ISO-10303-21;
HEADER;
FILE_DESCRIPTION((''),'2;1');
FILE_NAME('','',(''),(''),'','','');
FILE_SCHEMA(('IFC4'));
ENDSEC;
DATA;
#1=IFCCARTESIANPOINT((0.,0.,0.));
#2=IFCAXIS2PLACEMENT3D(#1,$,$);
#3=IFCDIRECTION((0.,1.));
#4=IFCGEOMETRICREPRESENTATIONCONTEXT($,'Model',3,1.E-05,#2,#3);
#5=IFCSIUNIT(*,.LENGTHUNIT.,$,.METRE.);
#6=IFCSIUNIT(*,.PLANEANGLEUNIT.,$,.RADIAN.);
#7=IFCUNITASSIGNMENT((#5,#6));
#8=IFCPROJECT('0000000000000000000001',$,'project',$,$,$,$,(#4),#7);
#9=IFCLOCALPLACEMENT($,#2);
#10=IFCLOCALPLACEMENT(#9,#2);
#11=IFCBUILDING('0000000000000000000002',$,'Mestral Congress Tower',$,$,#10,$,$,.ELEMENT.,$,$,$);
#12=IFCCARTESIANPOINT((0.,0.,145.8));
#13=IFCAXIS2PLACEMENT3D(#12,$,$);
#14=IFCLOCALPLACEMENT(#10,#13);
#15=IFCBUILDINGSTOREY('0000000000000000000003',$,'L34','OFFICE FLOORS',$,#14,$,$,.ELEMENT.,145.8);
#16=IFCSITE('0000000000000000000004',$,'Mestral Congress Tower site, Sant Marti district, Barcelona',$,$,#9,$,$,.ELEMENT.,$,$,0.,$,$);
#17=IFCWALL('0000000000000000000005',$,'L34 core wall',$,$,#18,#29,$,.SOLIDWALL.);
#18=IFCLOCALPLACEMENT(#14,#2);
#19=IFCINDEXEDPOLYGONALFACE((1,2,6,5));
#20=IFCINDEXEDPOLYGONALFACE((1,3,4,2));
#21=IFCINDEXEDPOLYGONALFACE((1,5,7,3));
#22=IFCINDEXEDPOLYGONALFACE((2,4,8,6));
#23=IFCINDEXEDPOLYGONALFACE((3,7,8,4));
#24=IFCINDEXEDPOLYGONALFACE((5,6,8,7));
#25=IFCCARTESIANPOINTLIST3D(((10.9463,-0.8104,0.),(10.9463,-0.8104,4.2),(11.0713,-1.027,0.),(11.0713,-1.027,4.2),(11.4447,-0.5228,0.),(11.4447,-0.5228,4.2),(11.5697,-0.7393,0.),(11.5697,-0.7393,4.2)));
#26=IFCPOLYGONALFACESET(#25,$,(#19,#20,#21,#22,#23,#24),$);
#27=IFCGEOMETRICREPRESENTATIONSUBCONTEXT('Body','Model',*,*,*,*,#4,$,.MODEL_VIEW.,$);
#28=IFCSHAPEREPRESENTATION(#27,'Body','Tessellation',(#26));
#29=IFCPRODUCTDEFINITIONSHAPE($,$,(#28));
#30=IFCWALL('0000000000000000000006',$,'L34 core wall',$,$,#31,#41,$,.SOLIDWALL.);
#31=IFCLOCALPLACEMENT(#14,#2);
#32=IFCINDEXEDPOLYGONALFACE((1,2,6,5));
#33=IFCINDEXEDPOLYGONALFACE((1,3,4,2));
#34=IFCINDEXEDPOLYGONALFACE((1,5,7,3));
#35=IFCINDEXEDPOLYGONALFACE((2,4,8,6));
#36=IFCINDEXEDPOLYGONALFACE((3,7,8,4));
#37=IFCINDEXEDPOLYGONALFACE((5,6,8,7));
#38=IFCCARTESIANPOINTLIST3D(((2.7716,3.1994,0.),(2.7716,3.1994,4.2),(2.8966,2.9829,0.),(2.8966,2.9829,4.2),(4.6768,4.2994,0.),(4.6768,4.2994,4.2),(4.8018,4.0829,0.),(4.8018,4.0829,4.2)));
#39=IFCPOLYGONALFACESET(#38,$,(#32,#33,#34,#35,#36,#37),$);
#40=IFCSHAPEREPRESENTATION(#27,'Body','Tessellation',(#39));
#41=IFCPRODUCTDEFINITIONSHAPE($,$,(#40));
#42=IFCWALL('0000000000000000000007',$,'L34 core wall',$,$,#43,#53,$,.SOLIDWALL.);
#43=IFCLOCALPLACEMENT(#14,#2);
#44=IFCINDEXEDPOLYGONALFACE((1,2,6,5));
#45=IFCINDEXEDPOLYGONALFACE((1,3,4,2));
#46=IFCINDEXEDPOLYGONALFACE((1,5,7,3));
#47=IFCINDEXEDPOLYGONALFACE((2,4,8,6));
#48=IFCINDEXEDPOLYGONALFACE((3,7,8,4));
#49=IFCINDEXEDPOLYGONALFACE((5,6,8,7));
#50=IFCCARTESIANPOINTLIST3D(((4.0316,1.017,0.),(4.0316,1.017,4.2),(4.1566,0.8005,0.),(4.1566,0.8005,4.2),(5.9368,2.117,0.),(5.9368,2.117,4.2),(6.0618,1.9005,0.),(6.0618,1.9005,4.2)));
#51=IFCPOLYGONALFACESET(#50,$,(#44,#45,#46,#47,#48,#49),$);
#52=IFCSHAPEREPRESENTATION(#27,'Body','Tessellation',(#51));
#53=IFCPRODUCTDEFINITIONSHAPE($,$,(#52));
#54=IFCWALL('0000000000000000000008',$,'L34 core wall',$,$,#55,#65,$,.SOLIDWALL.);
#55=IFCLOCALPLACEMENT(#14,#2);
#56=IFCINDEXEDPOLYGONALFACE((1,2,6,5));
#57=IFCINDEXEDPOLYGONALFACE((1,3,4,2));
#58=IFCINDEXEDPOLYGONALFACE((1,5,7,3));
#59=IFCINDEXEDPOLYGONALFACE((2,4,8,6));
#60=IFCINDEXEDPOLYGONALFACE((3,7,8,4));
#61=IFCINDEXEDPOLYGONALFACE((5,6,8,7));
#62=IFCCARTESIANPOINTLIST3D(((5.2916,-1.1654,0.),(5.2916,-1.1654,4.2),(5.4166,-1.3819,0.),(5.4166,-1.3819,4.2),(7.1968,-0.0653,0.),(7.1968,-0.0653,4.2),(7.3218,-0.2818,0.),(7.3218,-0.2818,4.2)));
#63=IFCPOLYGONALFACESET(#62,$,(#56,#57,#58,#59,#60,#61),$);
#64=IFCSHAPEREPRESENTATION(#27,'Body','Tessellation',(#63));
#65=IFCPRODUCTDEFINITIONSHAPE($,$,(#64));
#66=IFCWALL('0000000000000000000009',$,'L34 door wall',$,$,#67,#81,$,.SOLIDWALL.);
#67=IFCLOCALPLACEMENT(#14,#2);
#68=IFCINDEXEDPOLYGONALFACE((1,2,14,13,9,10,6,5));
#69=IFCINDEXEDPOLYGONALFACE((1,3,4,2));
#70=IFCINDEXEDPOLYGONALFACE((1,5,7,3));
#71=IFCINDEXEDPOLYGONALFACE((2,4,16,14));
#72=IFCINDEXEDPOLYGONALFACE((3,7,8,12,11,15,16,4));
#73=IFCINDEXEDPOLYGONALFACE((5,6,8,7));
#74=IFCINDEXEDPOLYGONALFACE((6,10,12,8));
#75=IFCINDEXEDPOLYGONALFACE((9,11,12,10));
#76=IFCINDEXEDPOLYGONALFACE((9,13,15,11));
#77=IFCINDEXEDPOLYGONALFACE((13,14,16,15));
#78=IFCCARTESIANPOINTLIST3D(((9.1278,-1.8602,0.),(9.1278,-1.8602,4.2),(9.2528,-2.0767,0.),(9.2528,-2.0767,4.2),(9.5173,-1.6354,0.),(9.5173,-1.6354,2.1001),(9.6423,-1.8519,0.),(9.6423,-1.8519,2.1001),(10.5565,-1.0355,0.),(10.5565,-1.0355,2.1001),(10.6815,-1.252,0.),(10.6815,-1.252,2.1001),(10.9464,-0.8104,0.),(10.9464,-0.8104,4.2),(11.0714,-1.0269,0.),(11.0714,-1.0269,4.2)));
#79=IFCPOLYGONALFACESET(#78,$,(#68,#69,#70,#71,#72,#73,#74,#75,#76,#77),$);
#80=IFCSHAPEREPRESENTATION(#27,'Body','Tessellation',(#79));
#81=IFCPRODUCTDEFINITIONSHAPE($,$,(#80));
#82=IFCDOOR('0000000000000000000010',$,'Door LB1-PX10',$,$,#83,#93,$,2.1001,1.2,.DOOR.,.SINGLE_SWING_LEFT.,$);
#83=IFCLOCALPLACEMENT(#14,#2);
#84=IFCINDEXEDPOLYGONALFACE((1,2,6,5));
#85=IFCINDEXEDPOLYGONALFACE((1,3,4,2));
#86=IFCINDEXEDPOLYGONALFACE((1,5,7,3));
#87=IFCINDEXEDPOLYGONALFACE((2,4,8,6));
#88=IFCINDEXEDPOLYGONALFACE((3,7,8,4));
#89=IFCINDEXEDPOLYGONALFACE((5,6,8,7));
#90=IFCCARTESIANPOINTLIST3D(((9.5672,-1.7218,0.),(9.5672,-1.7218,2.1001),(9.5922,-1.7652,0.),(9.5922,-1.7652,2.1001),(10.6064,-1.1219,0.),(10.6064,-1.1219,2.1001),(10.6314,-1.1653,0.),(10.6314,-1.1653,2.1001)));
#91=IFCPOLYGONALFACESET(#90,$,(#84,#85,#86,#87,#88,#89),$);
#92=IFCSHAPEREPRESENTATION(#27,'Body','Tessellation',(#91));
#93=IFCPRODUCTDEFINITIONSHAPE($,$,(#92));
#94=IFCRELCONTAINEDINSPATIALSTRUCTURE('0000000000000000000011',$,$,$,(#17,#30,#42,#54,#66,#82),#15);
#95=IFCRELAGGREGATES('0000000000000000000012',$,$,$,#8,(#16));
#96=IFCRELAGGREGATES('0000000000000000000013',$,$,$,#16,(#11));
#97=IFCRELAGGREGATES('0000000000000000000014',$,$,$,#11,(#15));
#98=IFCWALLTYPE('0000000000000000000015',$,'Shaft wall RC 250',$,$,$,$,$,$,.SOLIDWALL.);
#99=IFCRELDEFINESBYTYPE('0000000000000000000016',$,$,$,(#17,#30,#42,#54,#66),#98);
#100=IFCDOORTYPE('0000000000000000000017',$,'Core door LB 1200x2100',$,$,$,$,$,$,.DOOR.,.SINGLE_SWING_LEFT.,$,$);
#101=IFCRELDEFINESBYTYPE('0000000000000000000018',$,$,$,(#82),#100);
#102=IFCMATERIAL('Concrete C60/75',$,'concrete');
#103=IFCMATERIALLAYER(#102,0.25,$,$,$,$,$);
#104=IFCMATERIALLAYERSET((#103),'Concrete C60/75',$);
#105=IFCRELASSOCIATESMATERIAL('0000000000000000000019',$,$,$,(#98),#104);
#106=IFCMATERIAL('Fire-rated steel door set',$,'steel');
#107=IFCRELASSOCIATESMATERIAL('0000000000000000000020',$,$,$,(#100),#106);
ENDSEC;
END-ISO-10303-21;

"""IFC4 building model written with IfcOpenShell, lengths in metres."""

from ifc_helpers import new_model, si_unit, direction, frame, frame_2d, origin, place, context, subcontext, project, spatial, rectangle, extrude, material, layer, layer_set, type_object, element, fill, save


model = new_model("IFC4")

# Units and contexts
model_context = context("Model", 3, precision=1e-05, world=origin(), true_north=direction((0.0, 1.0)))
body_context = subcontext(model_context, "Body", "Model", "MODEL_VIEW")
ifc_project = project(units=[si_unit("LENGTHUNIT", "METRE"), si_unit("PLANEANGLEUNIT", "RADIAN")], contexts=[model_context])

# Site, building, storey
site_placement = place(None, origin())
site = spatial("IfcSite", under=ifc_project, at=site_placement, Name="Mestral Congress Tower site, Sant Marti district, Barcelona", CompositionType="ELEMENT", RefElevation=0.0)
building_placement = place(site_placement, origin())
building = spatial("IfcBuilding", under=site, at=building_placement, Name="Mestral Congress Tower", CompositionType="ELEMENT")
storey_placement = place(building_placement, frame((0.0, 0.0, 145.8)))
storey = spatial("IfcBuildingStorey", under=building, at=storey_placement, Name="L34", Description="OFFICE FLOORS", CompositionType="ELEMENT", Elevation=145.8)

# Shared definitions
ifc_material_1 = material(Name="Concrete C60/75", Category="concrete")

# Shared definitions
ifc_material_2 = material(Name="Fire-rated steel door set", Category="steel")

# Walls
ifc_layer_1 = layer(ifc_material_1, 0.25)
ifc_layer_set_1 = layer_set([ifc_layer_1], Name="Concrete C60/75")
wall_type_1 = type_object("IfcWallType", Name="Shaft wall RC 250", PredefinedType="SOLIDWALL", material=ifc_layer_set_1)
wall_1_placement = place(storey_placement, frame((11.5071, -0.6311, 0.0), z_axis=(0.0, 0.0, 1.0), x_axis=(-0.866094, -0.499882, 0.0)))
element("IfcWall", 1, at=wall_1_placement, inside=storey, type_object=wall_type_1, Name="L34 core wall", PredefinedType="SOLIDWALL", context=body_context, shape_type="SweptSolid", body=[
    extrude(rectangle(XDim=0.5754, YDim=0.25, at=frame_2d((0.2876, 0.0))), origin(), (0.0, 0.0, 1.0), 4.2),
])
for number, where, z_axis, x_axis, name in (
    (2, (2.834, 3.0911, 0.0), (0.0, 0.0, 1.0), (0.866008, 0.50003, 0.0), "L34 core wall"),
    (3, (4.094, 0.9087, 0.0), (0.0, 0.0, 1.0), (0.866008, 0.50003, 0.0), "L34 core wall"),
    (4, (5.354, -1.2737, 0.0), (0.0, 0.0, 1.0), (0.866008, 0.50003, 0.0), "L34 core wall"),
):
    element("IfcWall", number, at=place(storey_placement, frame(where, z_axis=z_axis, x_axis=x_axis)), inside=storey, type_object=wall_type_1, Name=name, PredefinedType="SOLIDWALL", context=body_context, shape_type="SweptSolid", body=[
        extrude(rectangle(XDim=2.2, YDim=0.25, at=frame_2d((1.1001, 0.0))), origin(), (0.0, 0.0, 1.0), 4.2),
    ])

# Wall, opening, door
wall_2_placement = place(storey_placement, frame((11.0088, -0.9187, 0.0), z_axis=(0.0, 0.0, 1.0), x_axis=(-0.86606, -0.499941, 0.0)))
wall_2 = element("IfcWall", 5, at=wall_2_placement, inside=storey, type_object=wall_type_1, Name="L34 door wall", PredefinedType="SOLIDWALL", context=body_context, shape_type="SweptSolid", body=[
    extrude(rectangle(XDim=2.0999, YDim=0.25, at=frame_2d((1.0498, 0.0))), origin(), (0.0, 0.0, 1.0), 4.2),
])
opening_1_placement = place(wall_2_placement, frame((0.45, 0.0, 0.0)))
opening_1 = element("IfcOpeningElement", 6, at=opening_1_placement, cuts=wall_2, PredefinedType="OPENING", context=body_context, shape_type="SweptSolid", body=[
    extrude(rectangle(XDim=1.2, YDim=2.1001, at=frame_2d((0.6001, 1.05))), frame((0.0, 0.135, 0.0), z_axis=(0.0, -1.0, 0.0), x_axis=(1.0, 0.0, 0.0)), (0.0, 0.0, 1.0), 0.27),
])
door_type_1 = type_object("IfcDoorType", Name="Core door LB 1200x2100", OperationType="SINGLE_SWING_LEFT", PredefinedType="DOOR", material=ifc_material_2)
door_1_placement = place(opening_1_placement, origin())
door_1 = element("IfcDoor", 7, at=door_1_placement, inside=storey, type_object=door_type_1, Name="Door LB1-PX10", OperationType="SINGLE_SWING_LEFT", OverallHeight=2.1001, OverallWidth=1.2, PredefinedType="DOOR", context=body_context, shape_type="SweptSolid", body=[
    extrude(rectangle(XDim=1.2, YDim=2.1001, at=frame_2d((0.6001, 1.05))), frame((0.0, 0.0249, 0.0), z_axis=(0.0, -1.0, 0.0), x_axis=(1.0, 0.0, 0.0)), (0.0, 0.0, 1.0), 0.05),
])
fill(opening_1, door_1)

save(model, "model.ifc")
